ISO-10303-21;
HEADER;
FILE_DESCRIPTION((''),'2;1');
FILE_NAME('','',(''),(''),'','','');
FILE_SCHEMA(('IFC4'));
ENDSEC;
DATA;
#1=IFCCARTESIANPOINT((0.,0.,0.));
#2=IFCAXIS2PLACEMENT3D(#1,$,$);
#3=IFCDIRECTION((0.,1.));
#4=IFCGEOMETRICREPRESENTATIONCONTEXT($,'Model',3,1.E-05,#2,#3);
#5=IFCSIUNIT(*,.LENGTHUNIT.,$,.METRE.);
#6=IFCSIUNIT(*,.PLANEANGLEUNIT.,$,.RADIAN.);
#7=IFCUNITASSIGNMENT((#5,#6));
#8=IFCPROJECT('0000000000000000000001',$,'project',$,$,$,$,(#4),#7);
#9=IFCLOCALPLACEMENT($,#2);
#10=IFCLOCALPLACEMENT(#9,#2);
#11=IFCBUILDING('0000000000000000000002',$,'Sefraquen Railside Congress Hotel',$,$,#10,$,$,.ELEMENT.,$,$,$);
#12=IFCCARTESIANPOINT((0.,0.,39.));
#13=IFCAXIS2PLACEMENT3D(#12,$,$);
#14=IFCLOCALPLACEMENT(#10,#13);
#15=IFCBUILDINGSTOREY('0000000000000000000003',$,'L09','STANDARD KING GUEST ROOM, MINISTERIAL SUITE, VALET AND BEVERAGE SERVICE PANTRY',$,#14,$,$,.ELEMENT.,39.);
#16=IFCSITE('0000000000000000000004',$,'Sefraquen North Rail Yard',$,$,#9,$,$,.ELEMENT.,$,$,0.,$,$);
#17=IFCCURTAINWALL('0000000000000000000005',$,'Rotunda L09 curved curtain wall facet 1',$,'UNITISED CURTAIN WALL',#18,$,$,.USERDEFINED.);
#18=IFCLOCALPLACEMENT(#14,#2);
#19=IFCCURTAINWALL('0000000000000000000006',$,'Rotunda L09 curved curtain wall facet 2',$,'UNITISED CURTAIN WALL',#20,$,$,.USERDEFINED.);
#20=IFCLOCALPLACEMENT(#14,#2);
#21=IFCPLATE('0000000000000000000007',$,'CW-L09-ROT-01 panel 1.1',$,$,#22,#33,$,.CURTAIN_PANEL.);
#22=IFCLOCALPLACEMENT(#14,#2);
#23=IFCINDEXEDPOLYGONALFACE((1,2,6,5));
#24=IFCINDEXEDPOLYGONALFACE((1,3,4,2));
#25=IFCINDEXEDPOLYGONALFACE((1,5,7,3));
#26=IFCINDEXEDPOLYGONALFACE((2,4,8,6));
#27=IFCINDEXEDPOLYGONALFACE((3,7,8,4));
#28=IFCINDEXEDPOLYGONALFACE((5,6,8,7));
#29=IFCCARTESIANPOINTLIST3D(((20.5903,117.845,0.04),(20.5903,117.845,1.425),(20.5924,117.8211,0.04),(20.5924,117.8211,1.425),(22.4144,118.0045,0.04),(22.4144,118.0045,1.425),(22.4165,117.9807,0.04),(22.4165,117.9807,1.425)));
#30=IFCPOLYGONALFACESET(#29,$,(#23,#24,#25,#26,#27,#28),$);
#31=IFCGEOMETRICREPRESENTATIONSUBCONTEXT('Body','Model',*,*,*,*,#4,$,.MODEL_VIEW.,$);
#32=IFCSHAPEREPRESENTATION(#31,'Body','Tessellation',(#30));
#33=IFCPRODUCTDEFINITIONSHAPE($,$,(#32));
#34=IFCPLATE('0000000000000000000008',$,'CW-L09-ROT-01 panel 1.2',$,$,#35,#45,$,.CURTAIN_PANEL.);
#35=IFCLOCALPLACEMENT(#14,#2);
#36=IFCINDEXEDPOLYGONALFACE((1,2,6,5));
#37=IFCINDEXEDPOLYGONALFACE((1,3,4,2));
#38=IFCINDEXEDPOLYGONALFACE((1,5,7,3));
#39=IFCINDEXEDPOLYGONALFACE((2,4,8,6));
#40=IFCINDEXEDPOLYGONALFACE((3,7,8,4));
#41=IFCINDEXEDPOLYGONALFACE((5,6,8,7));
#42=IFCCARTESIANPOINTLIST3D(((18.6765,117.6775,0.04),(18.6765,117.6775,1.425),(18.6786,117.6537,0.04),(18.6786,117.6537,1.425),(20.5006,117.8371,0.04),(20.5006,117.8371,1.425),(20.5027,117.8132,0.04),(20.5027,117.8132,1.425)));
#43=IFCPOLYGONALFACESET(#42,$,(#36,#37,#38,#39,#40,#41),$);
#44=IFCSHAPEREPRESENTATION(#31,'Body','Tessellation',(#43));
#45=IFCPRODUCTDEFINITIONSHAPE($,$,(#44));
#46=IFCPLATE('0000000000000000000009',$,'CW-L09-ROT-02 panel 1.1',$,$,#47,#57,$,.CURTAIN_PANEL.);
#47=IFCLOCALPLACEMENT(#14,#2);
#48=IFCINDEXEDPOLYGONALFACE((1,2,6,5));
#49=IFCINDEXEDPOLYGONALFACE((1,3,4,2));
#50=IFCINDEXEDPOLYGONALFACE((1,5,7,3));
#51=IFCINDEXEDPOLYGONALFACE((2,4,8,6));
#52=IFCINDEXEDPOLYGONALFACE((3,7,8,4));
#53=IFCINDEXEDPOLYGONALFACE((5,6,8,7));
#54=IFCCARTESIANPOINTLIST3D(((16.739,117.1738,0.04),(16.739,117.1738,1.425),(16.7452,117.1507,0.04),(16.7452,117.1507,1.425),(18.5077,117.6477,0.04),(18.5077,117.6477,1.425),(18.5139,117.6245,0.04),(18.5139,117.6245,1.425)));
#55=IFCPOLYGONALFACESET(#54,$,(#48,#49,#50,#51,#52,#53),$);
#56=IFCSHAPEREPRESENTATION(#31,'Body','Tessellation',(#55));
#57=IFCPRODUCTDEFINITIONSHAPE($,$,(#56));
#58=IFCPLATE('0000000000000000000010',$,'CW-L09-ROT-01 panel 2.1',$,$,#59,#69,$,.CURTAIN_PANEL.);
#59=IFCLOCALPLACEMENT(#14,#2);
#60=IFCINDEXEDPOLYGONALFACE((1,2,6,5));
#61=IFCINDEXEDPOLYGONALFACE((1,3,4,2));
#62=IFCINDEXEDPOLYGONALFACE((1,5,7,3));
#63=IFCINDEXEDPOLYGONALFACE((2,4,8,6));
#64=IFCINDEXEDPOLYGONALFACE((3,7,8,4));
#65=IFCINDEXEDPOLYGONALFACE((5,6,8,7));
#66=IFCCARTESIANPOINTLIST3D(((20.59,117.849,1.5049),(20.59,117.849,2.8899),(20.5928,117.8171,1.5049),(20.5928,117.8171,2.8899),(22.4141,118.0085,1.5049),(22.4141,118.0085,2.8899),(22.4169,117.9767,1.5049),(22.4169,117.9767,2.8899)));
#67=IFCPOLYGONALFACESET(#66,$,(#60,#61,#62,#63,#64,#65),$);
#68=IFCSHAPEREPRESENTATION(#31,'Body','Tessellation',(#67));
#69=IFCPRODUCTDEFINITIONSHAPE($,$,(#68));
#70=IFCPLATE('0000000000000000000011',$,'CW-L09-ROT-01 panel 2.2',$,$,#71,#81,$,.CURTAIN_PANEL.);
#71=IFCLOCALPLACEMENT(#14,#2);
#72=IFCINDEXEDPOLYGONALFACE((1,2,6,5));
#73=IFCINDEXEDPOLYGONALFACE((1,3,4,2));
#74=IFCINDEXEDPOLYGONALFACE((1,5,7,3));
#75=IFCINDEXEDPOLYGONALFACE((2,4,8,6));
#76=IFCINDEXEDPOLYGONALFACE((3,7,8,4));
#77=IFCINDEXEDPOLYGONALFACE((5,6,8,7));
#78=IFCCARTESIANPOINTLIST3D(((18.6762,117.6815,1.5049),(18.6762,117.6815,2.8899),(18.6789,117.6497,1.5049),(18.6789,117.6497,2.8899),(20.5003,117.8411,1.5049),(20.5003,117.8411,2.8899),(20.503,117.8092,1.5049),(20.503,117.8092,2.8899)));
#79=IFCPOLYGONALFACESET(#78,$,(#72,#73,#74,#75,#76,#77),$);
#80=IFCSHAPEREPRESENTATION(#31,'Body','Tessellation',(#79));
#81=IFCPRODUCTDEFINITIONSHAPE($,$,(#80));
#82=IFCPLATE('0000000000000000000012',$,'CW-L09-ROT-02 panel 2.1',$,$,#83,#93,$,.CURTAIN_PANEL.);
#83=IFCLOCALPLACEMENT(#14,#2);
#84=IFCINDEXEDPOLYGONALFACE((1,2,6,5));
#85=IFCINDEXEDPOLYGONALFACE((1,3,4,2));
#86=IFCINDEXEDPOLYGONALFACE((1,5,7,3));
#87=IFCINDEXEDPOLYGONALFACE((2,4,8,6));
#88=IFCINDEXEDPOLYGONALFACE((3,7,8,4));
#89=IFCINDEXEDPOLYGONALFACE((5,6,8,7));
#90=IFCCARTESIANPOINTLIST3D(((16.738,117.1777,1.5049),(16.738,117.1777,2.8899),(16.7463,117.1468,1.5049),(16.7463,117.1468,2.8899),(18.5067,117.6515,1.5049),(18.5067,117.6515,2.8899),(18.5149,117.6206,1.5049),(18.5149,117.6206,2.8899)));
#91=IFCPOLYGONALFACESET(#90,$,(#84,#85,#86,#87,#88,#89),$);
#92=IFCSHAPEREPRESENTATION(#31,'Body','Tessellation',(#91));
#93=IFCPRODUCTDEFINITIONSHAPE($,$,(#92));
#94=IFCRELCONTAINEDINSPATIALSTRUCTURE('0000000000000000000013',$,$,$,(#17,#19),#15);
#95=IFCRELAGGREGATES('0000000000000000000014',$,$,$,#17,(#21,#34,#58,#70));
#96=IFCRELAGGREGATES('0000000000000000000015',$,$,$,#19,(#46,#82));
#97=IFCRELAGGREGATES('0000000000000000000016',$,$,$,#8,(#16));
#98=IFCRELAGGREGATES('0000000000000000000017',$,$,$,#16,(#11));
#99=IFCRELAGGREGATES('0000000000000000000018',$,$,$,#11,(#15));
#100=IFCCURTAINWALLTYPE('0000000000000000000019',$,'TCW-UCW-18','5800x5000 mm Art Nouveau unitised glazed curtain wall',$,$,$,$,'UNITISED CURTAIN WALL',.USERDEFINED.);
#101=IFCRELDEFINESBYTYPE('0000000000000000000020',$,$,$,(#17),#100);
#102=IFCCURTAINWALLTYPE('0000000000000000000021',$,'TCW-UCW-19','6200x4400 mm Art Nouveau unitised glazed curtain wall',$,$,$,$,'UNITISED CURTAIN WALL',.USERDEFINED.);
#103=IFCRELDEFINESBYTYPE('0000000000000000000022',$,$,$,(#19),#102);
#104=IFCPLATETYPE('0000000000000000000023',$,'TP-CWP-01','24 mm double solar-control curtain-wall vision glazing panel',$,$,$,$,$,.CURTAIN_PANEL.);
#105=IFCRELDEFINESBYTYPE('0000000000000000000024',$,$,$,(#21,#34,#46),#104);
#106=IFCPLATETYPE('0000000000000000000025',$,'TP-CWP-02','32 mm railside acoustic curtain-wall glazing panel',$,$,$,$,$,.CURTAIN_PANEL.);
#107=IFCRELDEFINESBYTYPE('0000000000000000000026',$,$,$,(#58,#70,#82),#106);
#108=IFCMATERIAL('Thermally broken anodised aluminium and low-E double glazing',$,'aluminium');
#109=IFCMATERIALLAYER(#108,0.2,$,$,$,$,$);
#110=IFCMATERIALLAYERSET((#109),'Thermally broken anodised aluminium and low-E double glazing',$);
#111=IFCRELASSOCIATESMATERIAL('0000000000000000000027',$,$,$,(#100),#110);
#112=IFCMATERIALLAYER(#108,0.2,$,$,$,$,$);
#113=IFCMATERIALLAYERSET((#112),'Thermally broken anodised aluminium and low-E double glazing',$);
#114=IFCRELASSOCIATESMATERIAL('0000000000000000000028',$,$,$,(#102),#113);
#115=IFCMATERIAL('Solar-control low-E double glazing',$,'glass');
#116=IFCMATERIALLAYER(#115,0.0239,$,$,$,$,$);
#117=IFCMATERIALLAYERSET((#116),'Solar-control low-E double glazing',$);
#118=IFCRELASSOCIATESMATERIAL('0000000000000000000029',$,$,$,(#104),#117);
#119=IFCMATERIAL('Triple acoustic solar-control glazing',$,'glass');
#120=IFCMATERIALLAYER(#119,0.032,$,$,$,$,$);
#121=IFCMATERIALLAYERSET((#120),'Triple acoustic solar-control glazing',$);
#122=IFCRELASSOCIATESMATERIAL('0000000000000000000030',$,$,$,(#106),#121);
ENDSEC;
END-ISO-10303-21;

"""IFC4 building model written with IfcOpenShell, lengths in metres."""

from ifc_helpers import new_model, si_unit, direction, frame, origin, origin_2d, place, context, subcontext, project, spatial, rectangle, extrude, material, layer, layer_set, type_object, element, aggregate, save


model = new_model("IFC4")

# Units and contexts
model_context = context("Model", 3, precision=1e-05, world=origin(), true_north=direction((0.0, 1.0)))
body_context = subcontext(model_context, "Body", "Model", "MODEL_VIEW")
ifc_project = project(units=[si_unit("LENGTHUNIT", "METRE"), si_unit("PLANEANGLEUNIT", "RADIAN")], contexts=[model_context])

# Site, building, storey
site_placement = place(None, origin())
site = spatial("IfcSite", under=ifc_project, at=site_placement, Name="Sefraquen North Rail Yard", CompositionType="ELEMENT", RefElevation=0.0)
building_placement = place(site_placement, origin())
building = spatial("IfcBuilding", under=site, at=building_placement, Name="Sefraquen Railside Congress Hotel", CompositionType="ELEMENT")
storey_placement = place(building_placement, frame((0.0, 0.0, 39.0)))
storey = spatial("IfcBuildingStorey", under=building, at=storey_placement, Name="L09", Description="STANDARD KING GUEST ROOM, MINISTERIAL SUITE, VALET AND BEVERAGE SERVICE PANTRY", CompositionType="ELEMENT", Elevation=39.0)

# Curtain walls
ifc_material_1 = material(Name="Thermally broken anodised aluminium and low-E double glazing", Category="aluminium")
ifc_layer_1 = layer(ifc_material_1, 0.2)
ifc_layer_set_1 = layer_set([ifc_layer_1], Name="Thermally broken anodised aluminium and low-E double glazing")
curtain_wall_type_1 = type_object("IfcCurtainWallType", Name="TCW-UCW-18", Description="5800x5000 mm Art Nouveau unitised glazed curtain wall", ElementType="UNITISED CURTAIN WALL", PredefinedType="USERDEFINED", material=ifc_layer_set_1)
curtain_wall_1_placement = place(storey_placement, origin())
curtain_wall_1 = element("IfcCurtainWall", 1, at=curtain_wall_1_placement, inside=storey, type_object=curtain_wall_type_1, Name="Rotunda L09 curved curtain wall facet 1", ObjectType="UNITISED CURTAIN WALL", PredefinedType="USERDEFINED")
ifc_layer_2 = layer(ifc_material_1, 0.2)
ifc_layer_set_2 = layer_set([ifc_layer_2], Name="Thermally broken anodised aluminium and low-E double glazing")
curtain_wall_type_2 = type_object("IfcCurtainWallType", Name="TCW-UCW-19", Description="6200x4400 mm Art Nouveau unitised glazed curtain wall", ElementType="UNITISED CURTAIN WALL", PredefinedType="USERDEFINED", material=ifc_layer_set_2)
curtain_wall_2_placement = place(storey_placement, origin())
curtain_wall_2 = element("IfcCurtainWall", 2, at=curtain_wall_2_placement, inside=storey, type_object=curtain_wall_type_2, Name="Rotunda L09 curved curtain wall facet 2", ObjectType="UNITISED CURTAIN WALL", PredefinedType="USERDEFINED")

# Plates
ifc_material_2 = material(Name="Solar-control low-E double glazing", Category="glass")
ifc_layer_3 = layer(ifc_material_2, 0.0239)
ifc_layer_set_3 = layer_set([ifc_layer_3], Name="Solar-control low-E double glazing")
plate_type_1 = type_object("IfcPlateType", Name="TP-CWP-01", Description="24 mm double solar-control curtain-wall vision glazing panel", PredefinedType="CURTAIN_PANEL", material=ifc_layer_set_3)
plate_1_placement = place(storey_placement, frame((21.5034, 117.9128, 0.04), z_axis=(0.0, 0.0, 1.0), x_axis=(-0.996196, -0.087138, 0.0)))
plate_1 = element("IfcPlate", 3, at=plate_1_placement, type_object=plate_type_1, Name="CW-L09-ROT-01 panel 1.1", PredefinedType="CURTAIN_PANEL", context=body_context, shape_type="SweptSolid", body=[
    extrude(rectangle(XDim=1.8311, YDim=0.0239, at=origin_2d()), origin(), (0.0, 0.0, 1.0), 1.385),
])
plate_2_placement = place(storey_placement, frame((19.5896, 117.7454, 0.04), z_axis=(0.0, 0.0, 1.0), x_axis=(-0.996196, -0.087138, 0.0)))
plate_2 = element("IfcPlate", 4, at=plate_2_placement, type_object=plate_type_1, Name="CW-L09-ROT-01 panel 1.2", PredefinedType="CURTAIN_PANEL", context=body_context, shape_type="SweptSolid", body=[
    extrude(rectangle(XDim=1.8311, YDim=0.0239, at=origin_2d()), origin(), (0.0, 0.0, 1.0), 1.385),
])
plate_3_placement = place(storey_placement, frame((17.6265, 117.3992, 0.04), z_axis=(0.0, 0.0, 1.0), x_axis=(-0.965935, -0.258785, 0.0)))
plate_3 = element("IfcPlate", 5, at=plate_3_placement, type_object=plate_type_1, Name="CW-L09-ROT-02 panel 1.1", PredefinedType="CURTAIN_PANEL", context=body_context, shape_type="SweptSolid", body=[
    extrude(rectangle(XDim=1.8311, YDim=0.0239, at=origin_2d()), origin(), (0.0, 0.0, 1.0), 1.385),
])
ifc_material_3 = material(Name="Triple acoustic solar-control glazing", Category="glass")
ifc_layer_4 = layer(ifc_material_3, 0.032)
ifc_layer_set_4 = layer_set([ifc_layer_4], Name="Triple acoustic solar-control glazing")
plate_type_2 = type_object("IfcPlateType", Name="TP-CWP-02", Description="32 mm railside acoustic curtain-wall glazing panel", PredefinedType="CURTAIN_PANEL", material=ifc_layer_set_4)
plate_4_placement = place(storey_placement, frame((21.5034, 117.9128, 1.5049), z_axis=(0.0, 0.0, 1.0), x_axis=(-0.996196, -0.087138, 0.0)))
plate_4 = element("IfcPlate", 6, at=plate_4_placement, type_object=plate_type_2, Name="CW-L09-ROT-01 panel 2.1", PredefinedType="CURTAIN_PANEL", context=body_context, shape_type="SweptSolid", body=[
    extrude(rectangle(XDim=1.8311, YDim=0.032, at=origin_2d()), origin(), (0.0, 0.0, 1.0), 1.385),
])
plate_5_placement = place(storey_placement, frame((19.5896, 117.7454, 1.5049), z_axis=(0.0, 0.0, 1.0), x_axis=(-0.996196, -0.087138, 0.0)))
plate_5 = element("IfcPlate", 7, at=plate_5_placement, type_object=plate_type_2, Name="CW-L09-ROT-01 panel 2.2", PredefinedType="CURTAIN_PANEL", context=body_context, shape_type="SweptSolid", body=[
    extrude(rectangle(XDim=1.8311, YDim=0.032, at=origin_2d()), origin(), (0.0, 0.0, 1.0), 1.385),
])
aggregate(curtain_wall_1, [plate_1, plate_2, plate_4, plate_5])
plate_6_placement = place(storey_placement, frame((17.6265, 117.3992, 1.5049), z_axis=(0.0, 0.0, 1.0), x_axis=(-0.965935, -0.258785, 0.0)))
plate_6 = element("IfcPlate", 8, at=plate_6_placement, type_object=plate_type_2, Name="CW-L09-ROT-02 panel 2.1", PredefinedType="CURTAIN_PANEL", context=body_context, shape_type="SweptSolid", body=[
    extrude(rectangle(XDim=1.8311, YDim=0.032, at=origin_2d()), origin(), (0.0, 0.0, 1.0), 1.385),
])
aggregate(curtain_wall_2, [plate_3, plate_6])

save(model, "model.ifc")
